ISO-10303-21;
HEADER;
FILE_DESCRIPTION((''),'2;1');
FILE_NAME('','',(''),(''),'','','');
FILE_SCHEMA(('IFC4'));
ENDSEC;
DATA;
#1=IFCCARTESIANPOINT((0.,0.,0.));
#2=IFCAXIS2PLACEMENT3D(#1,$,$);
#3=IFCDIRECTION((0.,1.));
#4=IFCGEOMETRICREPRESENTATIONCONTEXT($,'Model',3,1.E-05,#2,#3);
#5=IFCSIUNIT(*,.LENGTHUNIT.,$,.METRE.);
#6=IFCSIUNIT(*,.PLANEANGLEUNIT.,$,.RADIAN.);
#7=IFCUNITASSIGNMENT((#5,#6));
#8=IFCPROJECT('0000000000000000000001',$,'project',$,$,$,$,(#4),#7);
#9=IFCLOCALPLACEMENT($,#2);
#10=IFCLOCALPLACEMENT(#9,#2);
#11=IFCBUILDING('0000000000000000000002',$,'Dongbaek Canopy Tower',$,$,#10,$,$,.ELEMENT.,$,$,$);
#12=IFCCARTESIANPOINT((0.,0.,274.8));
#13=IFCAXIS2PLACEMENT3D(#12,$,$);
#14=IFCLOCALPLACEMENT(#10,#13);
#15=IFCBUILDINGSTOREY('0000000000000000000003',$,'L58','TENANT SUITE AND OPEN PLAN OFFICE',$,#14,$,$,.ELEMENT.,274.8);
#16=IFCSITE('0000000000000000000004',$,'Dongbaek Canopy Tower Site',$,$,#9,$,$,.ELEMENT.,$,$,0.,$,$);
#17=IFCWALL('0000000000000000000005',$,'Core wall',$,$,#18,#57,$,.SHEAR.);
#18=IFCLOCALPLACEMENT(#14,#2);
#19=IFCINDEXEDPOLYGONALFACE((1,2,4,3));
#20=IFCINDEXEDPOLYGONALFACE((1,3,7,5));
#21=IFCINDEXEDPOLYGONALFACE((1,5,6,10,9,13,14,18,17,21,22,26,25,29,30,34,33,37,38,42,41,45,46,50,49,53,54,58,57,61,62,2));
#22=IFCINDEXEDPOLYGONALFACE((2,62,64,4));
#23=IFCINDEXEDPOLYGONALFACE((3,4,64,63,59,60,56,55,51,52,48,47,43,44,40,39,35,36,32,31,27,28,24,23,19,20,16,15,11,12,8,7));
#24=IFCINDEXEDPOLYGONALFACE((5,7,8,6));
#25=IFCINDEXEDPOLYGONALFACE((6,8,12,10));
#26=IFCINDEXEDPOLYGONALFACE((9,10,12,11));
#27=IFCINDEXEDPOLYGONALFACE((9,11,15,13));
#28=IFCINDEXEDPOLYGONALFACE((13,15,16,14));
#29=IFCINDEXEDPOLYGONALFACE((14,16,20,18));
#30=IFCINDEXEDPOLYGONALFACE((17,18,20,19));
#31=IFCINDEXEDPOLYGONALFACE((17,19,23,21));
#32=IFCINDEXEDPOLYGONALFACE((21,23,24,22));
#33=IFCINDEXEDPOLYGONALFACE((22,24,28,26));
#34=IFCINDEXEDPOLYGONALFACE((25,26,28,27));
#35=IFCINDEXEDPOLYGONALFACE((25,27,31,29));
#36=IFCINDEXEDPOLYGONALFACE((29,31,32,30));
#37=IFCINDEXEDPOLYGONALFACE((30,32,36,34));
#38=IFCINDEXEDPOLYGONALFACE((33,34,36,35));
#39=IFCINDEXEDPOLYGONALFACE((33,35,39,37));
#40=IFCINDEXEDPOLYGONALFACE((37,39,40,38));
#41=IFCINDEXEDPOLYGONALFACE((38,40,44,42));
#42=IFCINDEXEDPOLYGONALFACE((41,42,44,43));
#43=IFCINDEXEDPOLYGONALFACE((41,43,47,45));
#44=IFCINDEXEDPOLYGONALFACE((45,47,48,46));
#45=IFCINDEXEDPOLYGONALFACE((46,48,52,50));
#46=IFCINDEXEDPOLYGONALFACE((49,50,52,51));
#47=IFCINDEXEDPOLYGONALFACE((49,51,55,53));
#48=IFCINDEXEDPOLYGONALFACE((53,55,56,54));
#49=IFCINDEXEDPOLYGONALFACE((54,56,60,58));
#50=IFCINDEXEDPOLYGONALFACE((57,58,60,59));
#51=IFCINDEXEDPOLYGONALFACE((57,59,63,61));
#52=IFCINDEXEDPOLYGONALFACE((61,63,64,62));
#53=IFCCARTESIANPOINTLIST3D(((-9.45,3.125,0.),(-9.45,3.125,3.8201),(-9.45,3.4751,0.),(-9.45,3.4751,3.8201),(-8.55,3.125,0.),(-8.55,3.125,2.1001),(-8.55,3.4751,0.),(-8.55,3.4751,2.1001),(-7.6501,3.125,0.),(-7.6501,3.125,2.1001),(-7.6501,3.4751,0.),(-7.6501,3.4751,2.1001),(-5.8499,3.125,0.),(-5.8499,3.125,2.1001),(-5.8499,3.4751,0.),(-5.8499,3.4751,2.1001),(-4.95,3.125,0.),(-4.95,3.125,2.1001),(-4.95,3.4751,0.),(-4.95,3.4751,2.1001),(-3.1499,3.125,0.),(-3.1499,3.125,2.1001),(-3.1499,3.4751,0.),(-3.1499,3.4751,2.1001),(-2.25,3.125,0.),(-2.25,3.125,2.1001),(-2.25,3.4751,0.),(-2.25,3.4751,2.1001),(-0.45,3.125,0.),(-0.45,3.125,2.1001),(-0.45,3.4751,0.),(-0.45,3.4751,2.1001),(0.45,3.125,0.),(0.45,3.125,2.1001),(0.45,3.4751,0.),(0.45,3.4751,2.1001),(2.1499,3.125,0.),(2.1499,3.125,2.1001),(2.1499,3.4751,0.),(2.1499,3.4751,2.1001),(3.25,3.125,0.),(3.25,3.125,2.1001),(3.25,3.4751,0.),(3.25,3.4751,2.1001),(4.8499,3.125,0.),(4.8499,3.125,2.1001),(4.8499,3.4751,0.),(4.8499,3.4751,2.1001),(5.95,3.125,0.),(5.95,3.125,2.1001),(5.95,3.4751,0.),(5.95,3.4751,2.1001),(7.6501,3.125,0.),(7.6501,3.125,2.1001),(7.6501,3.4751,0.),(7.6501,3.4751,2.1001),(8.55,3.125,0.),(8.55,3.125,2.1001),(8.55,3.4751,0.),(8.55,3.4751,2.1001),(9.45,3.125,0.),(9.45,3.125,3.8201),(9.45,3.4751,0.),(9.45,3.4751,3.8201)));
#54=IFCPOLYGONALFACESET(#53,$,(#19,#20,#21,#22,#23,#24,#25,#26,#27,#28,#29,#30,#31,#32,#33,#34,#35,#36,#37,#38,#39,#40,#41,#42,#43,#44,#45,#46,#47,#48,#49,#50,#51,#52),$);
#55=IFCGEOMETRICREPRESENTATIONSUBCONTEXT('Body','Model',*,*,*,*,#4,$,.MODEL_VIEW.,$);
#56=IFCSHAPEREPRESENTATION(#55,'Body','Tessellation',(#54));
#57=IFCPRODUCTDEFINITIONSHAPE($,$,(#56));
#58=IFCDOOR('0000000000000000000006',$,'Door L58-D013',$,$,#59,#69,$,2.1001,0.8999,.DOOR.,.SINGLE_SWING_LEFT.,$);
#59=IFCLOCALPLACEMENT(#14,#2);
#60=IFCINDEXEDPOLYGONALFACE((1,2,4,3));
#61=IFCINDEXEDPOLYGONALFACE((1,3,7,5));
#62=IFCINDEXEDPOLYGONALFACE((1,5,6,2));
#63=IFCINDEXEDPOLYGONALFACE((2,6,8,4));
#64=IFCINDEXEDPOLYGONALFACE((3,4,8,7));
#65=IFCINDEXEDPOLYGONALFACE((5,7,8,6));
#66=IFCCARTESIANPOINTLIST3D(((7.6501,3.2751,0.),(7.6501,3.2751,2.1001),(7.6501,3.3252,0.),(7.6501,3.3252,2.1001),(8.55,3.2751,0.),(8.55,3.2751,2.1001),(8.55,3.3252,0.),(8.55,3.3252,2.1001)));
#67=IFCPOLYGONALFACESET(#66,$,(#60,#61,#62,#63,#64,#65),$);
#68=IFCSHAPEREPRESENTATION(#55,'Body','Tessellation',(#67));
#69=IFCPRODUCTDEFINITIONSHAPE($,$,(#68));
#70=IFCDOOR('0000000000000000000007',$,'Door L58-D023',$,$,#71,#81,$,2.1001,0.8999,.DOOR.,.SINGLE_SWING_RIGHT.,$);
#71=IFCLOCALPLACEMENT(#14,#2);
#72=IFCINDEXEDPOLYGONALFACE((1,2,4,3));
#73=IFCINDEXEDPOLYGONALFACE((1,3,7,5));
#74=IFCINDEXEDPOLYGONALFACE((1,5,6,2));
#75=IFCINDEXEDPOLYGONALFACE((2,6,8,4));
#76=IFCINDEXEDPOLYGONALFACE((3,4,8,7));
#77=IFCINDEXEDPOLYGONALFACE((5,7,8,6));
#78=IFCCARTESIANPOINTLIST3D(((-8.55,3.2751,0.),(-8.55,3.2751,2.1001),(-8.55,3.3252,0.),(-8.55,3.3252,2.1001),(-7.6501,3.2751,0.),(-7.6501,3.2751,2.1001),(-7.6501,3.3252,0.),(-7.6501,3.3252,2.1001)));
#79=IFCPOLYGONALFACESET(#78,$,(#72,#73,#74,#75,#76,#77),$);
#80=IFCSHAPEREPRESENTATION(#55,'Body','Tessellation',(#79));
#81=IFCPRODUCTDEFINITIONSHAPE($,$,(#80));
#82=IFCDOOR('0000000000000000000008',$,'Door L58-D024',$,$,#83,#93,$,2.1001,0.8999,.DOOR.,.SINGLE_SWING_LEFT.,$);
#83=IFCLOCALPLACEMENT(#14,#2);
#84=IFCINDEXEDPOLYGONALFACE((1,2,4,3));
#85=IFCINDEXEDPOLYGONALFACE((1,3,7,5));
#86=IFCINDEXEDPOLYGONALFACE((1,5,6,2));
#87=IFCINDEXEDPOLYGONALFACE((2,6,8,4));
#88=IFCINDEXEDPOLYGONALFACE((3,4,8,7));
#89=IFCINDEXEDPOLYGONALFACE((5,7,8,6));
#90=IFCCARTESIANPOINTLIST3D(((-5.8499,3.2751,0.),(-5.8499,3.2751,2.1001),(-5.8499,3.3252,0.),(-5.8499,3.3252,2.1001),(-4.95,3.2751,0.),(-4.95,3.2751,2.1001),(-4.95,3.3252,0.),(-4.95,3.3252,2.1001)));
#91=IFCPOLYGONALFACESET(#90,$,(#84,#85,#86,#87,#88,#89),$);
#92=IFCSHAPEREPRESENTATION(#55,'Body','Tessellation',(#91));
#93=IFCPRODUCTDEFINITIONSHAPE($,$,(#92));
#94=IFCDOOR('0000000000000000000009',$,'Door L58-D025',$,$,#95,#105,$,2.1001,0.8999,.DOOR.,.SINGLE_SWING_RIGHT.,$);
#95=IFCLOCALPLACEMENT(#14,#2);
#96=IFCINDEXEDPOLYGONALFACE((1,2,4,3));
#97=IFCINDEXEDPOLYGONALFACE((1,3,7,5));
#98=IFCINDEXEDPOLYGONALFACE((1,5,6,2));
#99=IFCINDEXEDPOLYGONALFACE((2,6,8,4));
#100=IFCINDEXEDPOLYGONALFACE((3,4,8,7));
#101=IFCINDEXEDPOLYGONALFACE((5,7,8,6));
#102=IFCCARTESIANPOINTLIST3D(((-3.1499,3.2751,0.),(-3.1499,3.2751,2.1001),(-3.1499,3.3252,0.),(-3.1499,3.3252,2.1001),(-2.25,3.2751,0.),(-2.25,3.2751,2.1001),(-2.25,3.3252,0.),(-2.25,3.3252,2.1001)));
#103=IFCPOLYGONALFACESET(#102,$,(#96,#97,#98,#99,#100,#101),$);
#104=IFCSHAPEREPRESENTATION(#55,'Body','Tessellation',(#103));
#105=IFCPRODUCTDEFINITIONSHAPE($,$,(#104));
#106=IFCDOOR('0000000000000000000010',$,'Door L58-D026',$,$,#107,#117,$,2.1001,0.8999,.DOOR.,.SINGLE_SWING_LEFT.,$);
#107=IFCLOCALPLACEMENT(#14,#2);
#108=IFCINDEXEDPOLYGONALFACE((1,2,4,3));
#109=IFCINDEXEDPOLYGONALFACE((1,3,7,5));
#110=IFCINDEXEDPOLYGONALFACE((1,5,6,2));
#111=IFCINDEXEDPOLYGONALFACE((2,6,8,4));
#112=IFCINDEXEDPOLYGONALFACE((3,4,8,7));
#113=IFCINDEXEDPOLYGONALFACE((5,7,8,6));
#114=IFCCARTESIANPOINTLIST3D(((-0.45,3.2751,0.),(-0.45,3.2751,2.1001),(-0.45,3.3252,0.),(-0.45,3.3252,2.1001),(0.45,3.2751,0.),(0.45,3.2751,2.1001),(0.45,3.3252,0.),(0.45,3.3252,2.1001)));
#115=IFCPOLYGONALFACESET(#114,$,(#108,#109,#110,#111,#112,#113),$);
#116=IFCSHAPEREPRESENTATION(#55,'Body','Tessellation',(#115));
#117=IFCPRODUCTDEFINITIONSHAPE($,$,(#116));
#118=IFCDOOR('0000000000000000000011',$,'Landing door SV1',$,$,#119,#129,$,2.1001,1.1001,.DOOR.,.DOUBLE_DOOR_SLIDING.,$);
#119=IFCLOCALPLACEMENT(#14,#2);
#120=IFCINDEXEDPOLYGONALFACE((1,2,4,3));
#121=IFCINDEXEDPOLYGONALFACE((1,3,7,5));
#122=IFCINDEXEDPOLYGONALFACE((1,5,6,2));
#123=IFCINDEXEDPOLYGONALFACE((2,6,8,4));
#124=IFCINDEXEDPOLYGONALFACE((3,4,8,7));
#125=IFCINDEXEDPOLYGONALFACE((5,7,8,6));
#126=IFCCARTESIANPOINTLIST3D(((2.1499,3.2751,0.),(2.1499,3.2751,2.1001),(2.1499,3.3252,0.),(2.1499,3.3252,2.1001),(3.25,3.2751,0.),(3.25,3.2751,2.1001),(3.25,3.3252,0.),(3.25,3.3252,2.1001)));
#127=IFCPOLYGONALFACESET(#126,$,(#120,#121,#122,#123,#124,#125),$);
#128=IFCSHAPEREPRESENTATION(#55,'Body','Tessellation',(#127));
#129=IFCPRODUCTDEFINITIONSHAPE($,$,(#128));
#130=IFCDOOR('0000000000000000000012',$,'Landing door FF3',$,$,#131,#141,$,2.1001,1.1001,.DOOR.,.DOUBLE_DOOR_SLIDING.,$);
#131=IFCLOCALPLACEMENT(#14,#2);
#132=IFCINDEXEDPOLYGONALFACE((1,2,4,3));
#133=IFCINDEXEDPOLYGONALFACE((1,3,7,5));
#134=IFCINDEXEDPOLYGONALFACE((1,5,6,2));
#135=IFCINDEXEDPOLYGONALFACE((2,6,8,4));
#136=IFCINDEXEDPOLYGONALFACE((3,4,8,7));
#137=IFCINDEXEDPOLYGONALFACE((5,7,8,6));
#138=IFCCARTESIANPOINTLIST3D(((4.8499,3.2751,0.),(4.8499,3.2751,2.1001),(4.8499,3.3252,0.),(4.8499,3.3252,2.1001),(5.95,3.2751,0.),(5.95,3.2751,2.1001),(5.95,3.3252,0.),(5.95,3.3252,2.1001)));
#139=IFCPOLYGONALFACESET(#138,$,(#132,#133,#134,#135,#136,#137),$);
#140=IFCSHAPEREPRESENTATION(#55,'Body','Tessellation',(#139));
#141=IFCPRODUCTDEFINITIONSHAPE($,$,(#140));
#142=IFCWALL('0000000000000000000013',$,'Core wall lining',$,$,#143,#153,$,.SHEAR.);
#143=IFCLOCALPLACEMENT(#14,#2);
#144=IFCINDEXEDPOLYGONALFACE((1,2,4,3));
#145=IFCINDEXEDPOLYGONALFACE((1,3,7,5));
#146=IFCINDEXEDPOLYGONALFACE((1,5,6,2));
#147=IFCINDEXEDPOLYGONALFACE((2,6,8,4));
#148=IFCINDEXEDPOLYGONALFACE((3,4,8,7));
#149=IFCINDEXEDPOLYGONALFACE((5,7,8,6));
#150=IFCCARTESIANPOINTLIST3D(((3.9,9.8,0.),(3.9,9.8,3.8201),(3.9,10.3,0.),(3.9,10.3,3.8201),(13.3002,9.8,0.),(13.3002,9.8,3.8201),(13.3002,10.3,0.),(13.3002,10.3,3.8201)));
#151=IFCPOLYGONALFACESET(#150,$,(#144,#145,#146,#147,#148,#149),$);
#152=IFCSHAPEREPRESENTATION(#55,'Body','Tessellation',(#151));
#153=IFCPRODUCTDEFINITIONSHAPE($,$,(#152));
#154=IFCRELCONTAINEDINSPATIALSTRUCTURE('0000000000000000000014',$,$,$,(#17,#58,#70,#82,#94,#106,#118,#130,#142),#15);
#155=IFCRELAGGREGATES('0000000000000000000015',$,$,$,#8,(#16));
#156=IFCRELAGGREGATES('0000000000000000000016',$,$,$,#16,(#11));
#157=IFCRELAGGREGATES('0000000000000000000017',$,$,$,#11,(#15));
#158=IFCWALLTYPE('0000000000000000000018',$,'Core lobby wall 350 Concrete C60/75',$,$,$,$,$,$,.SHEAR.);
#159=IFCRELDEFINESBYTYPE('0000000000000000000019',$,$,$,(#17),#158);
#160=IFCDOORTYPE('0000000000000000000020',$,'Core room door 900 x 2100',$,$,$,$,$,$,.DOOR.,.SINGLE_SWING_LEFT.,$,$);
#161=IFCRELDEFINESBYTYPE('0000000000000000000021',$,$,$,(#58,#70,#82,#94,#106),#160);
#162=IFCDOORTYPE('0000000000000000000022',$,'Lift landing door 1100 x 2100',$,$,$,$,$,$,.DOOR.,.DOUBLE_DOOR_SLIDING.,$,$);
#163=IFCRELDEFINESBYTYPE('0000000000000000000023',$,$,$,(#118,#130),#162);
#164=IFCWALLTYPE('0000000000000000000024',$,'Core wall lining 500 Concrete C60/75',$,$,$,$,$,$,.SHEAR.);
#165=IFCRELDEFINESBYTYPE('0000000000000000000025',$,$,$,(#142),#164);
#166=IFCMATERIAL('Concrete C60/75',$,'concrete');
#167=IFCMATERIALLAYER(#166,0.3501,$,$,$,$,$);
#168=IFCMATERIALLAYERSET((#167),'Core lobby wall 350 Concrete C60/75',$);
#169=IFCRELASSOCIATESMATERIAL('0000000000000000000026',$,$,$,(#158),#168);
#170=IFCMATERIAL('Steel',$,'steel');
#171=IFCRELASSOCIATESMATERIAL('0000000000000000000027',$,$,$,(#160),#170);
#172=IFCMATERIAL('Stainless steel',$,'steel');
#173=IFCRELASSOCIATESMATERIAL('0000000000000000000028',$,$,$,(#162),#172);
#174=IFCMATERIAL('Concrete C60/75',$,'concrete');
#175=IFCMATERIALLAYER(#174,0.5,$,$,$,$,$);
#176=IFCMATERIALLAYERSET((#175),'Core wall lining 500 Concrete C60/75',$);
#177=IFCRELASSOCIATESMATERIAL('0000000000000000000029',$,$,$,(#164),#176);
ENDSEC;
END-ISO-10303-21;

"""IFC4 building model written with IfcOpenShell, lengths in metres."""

from ifc_helpers import new_model, si_unit, direction, frame, frame_2d, origin, place, context, subcontext, project, spatial, rectangle, extrude, material, layer, layer_set, type_object, element, fill, save


model = new_model("IFC4")

# Units and contexts
model_context = context("Model", 3, precision=1e-05, world=origin(), true_north=direction((0.0, 1.0)))
body_context = subcontext(model_context, "Body", "Model", "MODEL_VIEW")
ifc_project = project(units=[si_unit("LENGTHUNIT", "METRE"), si_unit("PLANEANGLEUNIT", "RADIAN")], contexts=[model_context])

# Site, building, storey
site_placement = place(None, origin())
site = spatial("IfcSite", under=ifc_project, at=site_placement, Name="Dongbaek Canopy Tower Site", CompositionType="ELEMENT", RefElevation=0.0)
building_placement = place(site_placement, origin())
building = spatial("IfcBuilding", under=site, at=building_placement, Name="Dongbaek Canopy Tower", CompositionType="ELEMENT")
storey_placement = place(building_placement, frame((0.0, 0.0, 274.8)))
storey = spatial("IfcBuildingStorey", under=building, at=storey_placement, Name="L58", Description="TENANT SUITE AND OPEN PLAN OFFICE", CompositionType="ELEMENT", Elevation=274.8)

# Wall, openings, doors
ifc_material_1 = material(Name="Concrete C60/75", Category="concrete")
ifc_layer_1 = layer(ifc_material_1, 0.3501)
ifc_layer_set_1 = layer_set([ifc_layer_1], Name="Core lobby wall 350 Concrete C60/75")
wall_type_1 = type_object("IfcWallType", Name="Core lobby wall 350 Concrete C60/75", PredefinedType="SHEAR", material=ifc_layer_set_1)
wall_1_placement = place(storey_placement, frame((9.45, 3.3, 0.0), z_axis=(0.0, 0.0, 1.0), x_axis=(-1.0, 0.0, 0.0)))
wall_1 = element("IfcWall", 1, at=wall_1_placement, inside=storey, type_object=wall_type_1, Name="Core wall", PredefinedType="SHEAR", context=body_context, shape_type="SweptSolid", body=[
    extrude(rectangle(XDim=18.8999, YDim=0.3501, at=frame_2d((9.45, 0.0))), origin(), (0.0, 0.0, 1.0), 3.8201),
])
opening_1_placement = place(wall_1_placement, frame((6.2, 0.0, 0.0)))
opening_1 = element("IfcOpeningElement", 2, at=opening_1_placement, cuts=wall_1, PredefinedType="OPENING", context=body_context, shape_type="SweptSolid", body=[
    extrude(rectangle(XDim=1.1001, YDim=2.1001, at=frame_2d((0.55, 1.05))), frame((0.0, 0.1851, 0.0), z_axis=(0.0, -1.0, 0.0), x_axis=(1.0, 0.0, 0.0)), (0.0, 0.0, 1.0), 0.3701),
])
opening_2_placement = place(wall_1_placement, frame((3.5, 0.0, 0.0)))
opening_2 = element("IfcOpeningElement", 3, at=opening_2_placement, cuts=wall_1, PredefinedType="OPENING", context=body_context, shape_type="SweptSolid", body=[
    extrude(rectangle(XDim=1.1001, YDim=2.1001, at=frame_2d((0.55, 1.05))), frame((0.0, 0.1851, 0.0), z_axis=(0.0, -1.0, 0.0), x_axis=(1.0, 0.0, 0.0)), (0.0, 0.0, 1.0), 0.3701),
])
opening_3_placement = place(wall_1_placement, frame((0.8999, 0.0, 0.0)))
opening_3 = element("IfcOpeningElement", 4, at=opening_3_placement, cuts=wall_1, PredefinedType="OPENING", context=body_context, shape_type="SweptSolid", body=[
    extrude(rectangle(XDim=0.8999, YDim=2.1001, at=frame_2d((0.45, 1.05))), frame((0.0, 0.1851, 0.0), z_axis=(0.0, -1.0, 0.0), x_axis=(1.0, 0.0, 0.0)), (0.0, 0.0, 1.0), 0.3701),
])
opening_4_placement = place(wall_1_placement, frame((17.1001, 0.0, 0.0)))
opening_4 = element("IfcOpeningElement", 5, at=opening_4_placement, cuts=wall_1, PredefinedType="OPENING", context=body_context, shape_type="SweptSolid", body=[
    extrude(rectangle(XDim=0.8999, YDim=2.1001, at=frame_2d((0.45, 1.05))), frame((0.0, 0.1851, 0.0), z_axis=(0.0, -1.0, 0.0), x_axis=(1.0, 0.0, 0.0)), (0.0, 0.0, 1.0), 0.3701),
])
opening_5_placement = place(wall_1_placement, frame((14.3999, 0.0, 0.0)))
opening_5 = element("IfcOpeningElement", 6, at=opening_5_placement, cuts=wall_1, PredefinedType="OPENING", context=body_context, shape_type="SweptSolid", body=[
    extrude(rectangle(XDim=0.8999, YDim=2.1001, at=frame_2d((0.45, 1.05))), frame((0.0, 0.1851, 0.0), z_axis=(0.0, -1.0, 0.0), x_axis=(1.0, 0.0, 0.0)), (0.0, 0.0, 1.0), 0.3701),
])
opening_6_placement = place(wall_1_placement, frame((11.7, 0.0, 0.0)))
opening_6 = element("IfcOpeningElement", 7, at=opening_6_placement, cuts=wall_1, PredefinedType="OPENING", context=body_context, shape_type="SweptSolid", body=[
    extrude(rectangle(XDim=0.8999, YDim=2.1001, at=frame_2d((0.45, 1.05))), frame((0.0, 0.1851, 0.0), z_axis=(0.0, -1.0, 0.0), x_axis=(1.0, 0.0, 0.0)), (0.0, 0.0, 1.0), 0.3701),
])
opening_7_placement = place(wall_1_placement, frame((9.0, 0.0, 0.0)))
opening_7 = element("IfcOpeningElement", 8, at=opening_7_placement, cuts=wall_1, PredefinedType="OPENING", context=body_context, shape_type="SweptSolid", body=[
    extrude(rectangle(XDim=0.8999, YDim=2.1001, at=frame_2d((0.45, 1.05))), frame((0.0, 0.1851, 0.0), z_axis=(0.0, -1.0, 0.0), x_axis=(1.0, 0.0, 0.0)), (0.0, 0.0, 1.0), 0.3701),
])
ifc_material_2 = material(Name="Steel", Category="steel")
door_type_1 = type_object("IfcDoorType", Name="Core room door 900 x 2100", OperationType="SINGLE_SWING_LEFT", PredefinedType="DOOR", material=ifc_material_2)
door_1_placement = place(opening_3_placement, origin())
door_1 = element("IfcDoor", 9, at=door_1_placement, inside=storey, type_object=door_type_1, Name="Door L58-D013", OperationType="SINGLE_SWING_LEFT", OverallHeight=2.1001, OverallWidth=0.8999, PredefinedType="DOOR", context=body_context, shape_type="SweptSolid", body=[
    extrude(rectangle(XDim=0.8999, YDim=2.1001, at=frame_2d((0.45, 1.05))), frame((0.0, 0.0249, 0.0), z_axis=(0.0, -1.0, 0.0), x_axis=(1.0, 0.0, 0.0)), (0.0, 0.0, 1.0), 0.05),
])
fill(opening_3, door_1)
door_2_placement = place(opening_4_placement, origin())
door_2 = element("IfcDoor", 10, at=door_2_placement, inside=storey, type_object=door_type_1, Name="Door L58-D023", OperationType="SINGLE_SWING_RIGHT", OverallHeight=2.1001, OverallWidth=0.8999, PredefinedType="DOOR", context=body_context, shape_type="SweptSolid", body=[
    extrude(rectangle(XDim=0.8999, YDim=2.1001, at=frame_2d((0.45, 1.05))), frame((0.0, 0.0249, 0.0), z_axis=(0.0, -1.0, 0.0), x_axis=(1.0, 0.0, 0.0)), (0.0, 0.0, 1.0), 0.05),
])
fill(opening_4, door_2)
door_3_placement = place(opening_5_placement, origin())
door_3 = element("IfcDoor", 11, at=door_3_placement, inside=storey, type_object=door_type_1, Name="Door L58-D024", OperationType="SINGLE_SWING_LEFT", OverallHeight=2.1001, OverallWidth=0.8999, PredefinedType="DOOR", context=body_context, shape_type="SweptSolid", body=[
    extrude(rectangle(XDim=0.8999, YDim=2.1001, at=frame_2d((0.45, 1.05))), frame((0.0, 0.0249, 0.0), z_axis=(0.0, -1.0, 0.0), x_axis=(1.0, 0.0, 0.0)), (0.0, 0.0, 1.0), 0.05),
])
fill(opening_5, door_3)
door_4_placement = place(opening_6_placement, origin())
door_4 = element("IfcDoor", 12, at=door_4_placement, inside=storey, type_object=door_type_1, Name="Door L58-D025", OperationType="SINGLE_SWING_RIGHT", OverallHeight=2.1001, OverallWidth=0.8999, PredefinedType="DOOR", context=body_context, shape_type="SweptSolid", body=[
    extrude(rectangle(XDim=0.8999, YDim=2.1001, at=frame_2d((0.45, 1.05))), frame((0.0, 0.0249, 0.0), z_axis=(0.0, -1.0, 0.0), x_axis=(1.0, 0.0, 0.0)), (0.0, 0.0, 1.0), 0.05),
])
fill(opening_6, door_4)
door_5_placement = place(opening_7_placement, origin())
door_5 = element("IfcDoor", 13, at=door_5_placement, inside=storey, type_object=door_type_1, Name="Door L58-D026", OperationType="SINGLE_SWING_LEFT", OverallHeight=2.1001, OverallWidth=0.8999, PredefinedType="DOOR", context=body_context, shape_type="SweptSolid", body=[
    extrude(rectangle(XDim=0.8999, YDim=2.1001, at=frame_2d((0.45, 1.05))), frame((0.0, 0.0249, 0.0), z_axis=(0.0, -1.0, 0.0), x_axis=(1.0, 0.0, 0.0)), (0.0, 0.0, 1.0), 0.05),
])
fill(opening_7, door_5)
ifc_material_3 = material(Name="Stainless steel", Category="steel")
door_type_2 = type_object("IfcDoorType", Name="Lift landing door 1100 x 2100", OperationType="DOUBLE_DOOR_SLIDING", PredefinedType="DOOR", material=ifc_material_3)
door_6_placement = place(opening_1_placement, origin())
door_6 = element("IfcDoor", 14, at=door_6_placement, inside=storey, type_object=door_type_2, Name="Landing door SV1", OperationType="DOUBLE_DOOR_SLIDING", OverallHeight=2.1001, OverallWidth=1.1001, PredefinedType="DOOR", context=body_context, shape_type="SweptSolid", body=[
    extrude(rectangle(XDim=1.1001, YDim=2.1001, at=frame_2d((0.55, 1.05))), frame((0.0, 0.0249, 0.0), z_axis=(0.0, -1.0, 0.0), x_axis=(1.0, 0.0, 0.0)), (0.0, 0.0, 1.0), 0.05),
])
fill(opening_1, door_6)
door_7_placement = place(opening_2_placement, origin())
door_7 = element("IfcDoor", 15, at=door_7_placement, inside=storey, type_object=door_type_2, Name="Landing door FF3", OperationType="DOUBLE_DOOR_SLIDING", OverallHeight=2.1001, OverallWidth=1.1001, PredefinedType="DOOR", context=body_context, shape_type="SweptSolid", body=[
    extrude(rectangle(XDim=1.1001, YDim=2.1001, at=frame_2d((0.55, 1.05))), frame((0.0, 0.0249, 0.0), z_axis=(0.0, -1.0, 0.0), x_axis=(1.0, 0.0, 0.0)), (0.0, 0.0, 1.0), 0.05),
])
fill(opening_2, door_7)

# Wall
ifc_material_4 = material(Name="Concrete C60/75", Category="concrete")
ifc_layer_2 = layer(ifc_material_4, 0.5)
ifc_layer_set_2 = layer_set([ifc_layer_2], Name="Core wall lining 500 Concrete C60/75")
wall_type_2 = type_object("IfcWallType", Name="Core wall lining 500 Concrete C60/75", PredefinedType="SHEAR", material=ifc_layer_set_2)
wall_2_placement = place(storey_placement, frame((3.8999, 10.05, 0.0), z_axis=(0.0, 0.0, 1.0), x_axis=(1.0, 0.0, 0.0)))
element("IfcWall", 16, at=wall_2_placement, inside=storey, type_object=wall_type_2, Name="Core wall lining", PredefinedType="SHEAR", context=body_context, shape_type="SweptSolid", body=[
    extrude(rectangle(XDim=9.4001, YDim=0.5, at=frame_2d((4.7002, 0.0))), origin(), (0.0, 0.0, 1.0), 3.8201),
])

save(model, "model.ifc")
